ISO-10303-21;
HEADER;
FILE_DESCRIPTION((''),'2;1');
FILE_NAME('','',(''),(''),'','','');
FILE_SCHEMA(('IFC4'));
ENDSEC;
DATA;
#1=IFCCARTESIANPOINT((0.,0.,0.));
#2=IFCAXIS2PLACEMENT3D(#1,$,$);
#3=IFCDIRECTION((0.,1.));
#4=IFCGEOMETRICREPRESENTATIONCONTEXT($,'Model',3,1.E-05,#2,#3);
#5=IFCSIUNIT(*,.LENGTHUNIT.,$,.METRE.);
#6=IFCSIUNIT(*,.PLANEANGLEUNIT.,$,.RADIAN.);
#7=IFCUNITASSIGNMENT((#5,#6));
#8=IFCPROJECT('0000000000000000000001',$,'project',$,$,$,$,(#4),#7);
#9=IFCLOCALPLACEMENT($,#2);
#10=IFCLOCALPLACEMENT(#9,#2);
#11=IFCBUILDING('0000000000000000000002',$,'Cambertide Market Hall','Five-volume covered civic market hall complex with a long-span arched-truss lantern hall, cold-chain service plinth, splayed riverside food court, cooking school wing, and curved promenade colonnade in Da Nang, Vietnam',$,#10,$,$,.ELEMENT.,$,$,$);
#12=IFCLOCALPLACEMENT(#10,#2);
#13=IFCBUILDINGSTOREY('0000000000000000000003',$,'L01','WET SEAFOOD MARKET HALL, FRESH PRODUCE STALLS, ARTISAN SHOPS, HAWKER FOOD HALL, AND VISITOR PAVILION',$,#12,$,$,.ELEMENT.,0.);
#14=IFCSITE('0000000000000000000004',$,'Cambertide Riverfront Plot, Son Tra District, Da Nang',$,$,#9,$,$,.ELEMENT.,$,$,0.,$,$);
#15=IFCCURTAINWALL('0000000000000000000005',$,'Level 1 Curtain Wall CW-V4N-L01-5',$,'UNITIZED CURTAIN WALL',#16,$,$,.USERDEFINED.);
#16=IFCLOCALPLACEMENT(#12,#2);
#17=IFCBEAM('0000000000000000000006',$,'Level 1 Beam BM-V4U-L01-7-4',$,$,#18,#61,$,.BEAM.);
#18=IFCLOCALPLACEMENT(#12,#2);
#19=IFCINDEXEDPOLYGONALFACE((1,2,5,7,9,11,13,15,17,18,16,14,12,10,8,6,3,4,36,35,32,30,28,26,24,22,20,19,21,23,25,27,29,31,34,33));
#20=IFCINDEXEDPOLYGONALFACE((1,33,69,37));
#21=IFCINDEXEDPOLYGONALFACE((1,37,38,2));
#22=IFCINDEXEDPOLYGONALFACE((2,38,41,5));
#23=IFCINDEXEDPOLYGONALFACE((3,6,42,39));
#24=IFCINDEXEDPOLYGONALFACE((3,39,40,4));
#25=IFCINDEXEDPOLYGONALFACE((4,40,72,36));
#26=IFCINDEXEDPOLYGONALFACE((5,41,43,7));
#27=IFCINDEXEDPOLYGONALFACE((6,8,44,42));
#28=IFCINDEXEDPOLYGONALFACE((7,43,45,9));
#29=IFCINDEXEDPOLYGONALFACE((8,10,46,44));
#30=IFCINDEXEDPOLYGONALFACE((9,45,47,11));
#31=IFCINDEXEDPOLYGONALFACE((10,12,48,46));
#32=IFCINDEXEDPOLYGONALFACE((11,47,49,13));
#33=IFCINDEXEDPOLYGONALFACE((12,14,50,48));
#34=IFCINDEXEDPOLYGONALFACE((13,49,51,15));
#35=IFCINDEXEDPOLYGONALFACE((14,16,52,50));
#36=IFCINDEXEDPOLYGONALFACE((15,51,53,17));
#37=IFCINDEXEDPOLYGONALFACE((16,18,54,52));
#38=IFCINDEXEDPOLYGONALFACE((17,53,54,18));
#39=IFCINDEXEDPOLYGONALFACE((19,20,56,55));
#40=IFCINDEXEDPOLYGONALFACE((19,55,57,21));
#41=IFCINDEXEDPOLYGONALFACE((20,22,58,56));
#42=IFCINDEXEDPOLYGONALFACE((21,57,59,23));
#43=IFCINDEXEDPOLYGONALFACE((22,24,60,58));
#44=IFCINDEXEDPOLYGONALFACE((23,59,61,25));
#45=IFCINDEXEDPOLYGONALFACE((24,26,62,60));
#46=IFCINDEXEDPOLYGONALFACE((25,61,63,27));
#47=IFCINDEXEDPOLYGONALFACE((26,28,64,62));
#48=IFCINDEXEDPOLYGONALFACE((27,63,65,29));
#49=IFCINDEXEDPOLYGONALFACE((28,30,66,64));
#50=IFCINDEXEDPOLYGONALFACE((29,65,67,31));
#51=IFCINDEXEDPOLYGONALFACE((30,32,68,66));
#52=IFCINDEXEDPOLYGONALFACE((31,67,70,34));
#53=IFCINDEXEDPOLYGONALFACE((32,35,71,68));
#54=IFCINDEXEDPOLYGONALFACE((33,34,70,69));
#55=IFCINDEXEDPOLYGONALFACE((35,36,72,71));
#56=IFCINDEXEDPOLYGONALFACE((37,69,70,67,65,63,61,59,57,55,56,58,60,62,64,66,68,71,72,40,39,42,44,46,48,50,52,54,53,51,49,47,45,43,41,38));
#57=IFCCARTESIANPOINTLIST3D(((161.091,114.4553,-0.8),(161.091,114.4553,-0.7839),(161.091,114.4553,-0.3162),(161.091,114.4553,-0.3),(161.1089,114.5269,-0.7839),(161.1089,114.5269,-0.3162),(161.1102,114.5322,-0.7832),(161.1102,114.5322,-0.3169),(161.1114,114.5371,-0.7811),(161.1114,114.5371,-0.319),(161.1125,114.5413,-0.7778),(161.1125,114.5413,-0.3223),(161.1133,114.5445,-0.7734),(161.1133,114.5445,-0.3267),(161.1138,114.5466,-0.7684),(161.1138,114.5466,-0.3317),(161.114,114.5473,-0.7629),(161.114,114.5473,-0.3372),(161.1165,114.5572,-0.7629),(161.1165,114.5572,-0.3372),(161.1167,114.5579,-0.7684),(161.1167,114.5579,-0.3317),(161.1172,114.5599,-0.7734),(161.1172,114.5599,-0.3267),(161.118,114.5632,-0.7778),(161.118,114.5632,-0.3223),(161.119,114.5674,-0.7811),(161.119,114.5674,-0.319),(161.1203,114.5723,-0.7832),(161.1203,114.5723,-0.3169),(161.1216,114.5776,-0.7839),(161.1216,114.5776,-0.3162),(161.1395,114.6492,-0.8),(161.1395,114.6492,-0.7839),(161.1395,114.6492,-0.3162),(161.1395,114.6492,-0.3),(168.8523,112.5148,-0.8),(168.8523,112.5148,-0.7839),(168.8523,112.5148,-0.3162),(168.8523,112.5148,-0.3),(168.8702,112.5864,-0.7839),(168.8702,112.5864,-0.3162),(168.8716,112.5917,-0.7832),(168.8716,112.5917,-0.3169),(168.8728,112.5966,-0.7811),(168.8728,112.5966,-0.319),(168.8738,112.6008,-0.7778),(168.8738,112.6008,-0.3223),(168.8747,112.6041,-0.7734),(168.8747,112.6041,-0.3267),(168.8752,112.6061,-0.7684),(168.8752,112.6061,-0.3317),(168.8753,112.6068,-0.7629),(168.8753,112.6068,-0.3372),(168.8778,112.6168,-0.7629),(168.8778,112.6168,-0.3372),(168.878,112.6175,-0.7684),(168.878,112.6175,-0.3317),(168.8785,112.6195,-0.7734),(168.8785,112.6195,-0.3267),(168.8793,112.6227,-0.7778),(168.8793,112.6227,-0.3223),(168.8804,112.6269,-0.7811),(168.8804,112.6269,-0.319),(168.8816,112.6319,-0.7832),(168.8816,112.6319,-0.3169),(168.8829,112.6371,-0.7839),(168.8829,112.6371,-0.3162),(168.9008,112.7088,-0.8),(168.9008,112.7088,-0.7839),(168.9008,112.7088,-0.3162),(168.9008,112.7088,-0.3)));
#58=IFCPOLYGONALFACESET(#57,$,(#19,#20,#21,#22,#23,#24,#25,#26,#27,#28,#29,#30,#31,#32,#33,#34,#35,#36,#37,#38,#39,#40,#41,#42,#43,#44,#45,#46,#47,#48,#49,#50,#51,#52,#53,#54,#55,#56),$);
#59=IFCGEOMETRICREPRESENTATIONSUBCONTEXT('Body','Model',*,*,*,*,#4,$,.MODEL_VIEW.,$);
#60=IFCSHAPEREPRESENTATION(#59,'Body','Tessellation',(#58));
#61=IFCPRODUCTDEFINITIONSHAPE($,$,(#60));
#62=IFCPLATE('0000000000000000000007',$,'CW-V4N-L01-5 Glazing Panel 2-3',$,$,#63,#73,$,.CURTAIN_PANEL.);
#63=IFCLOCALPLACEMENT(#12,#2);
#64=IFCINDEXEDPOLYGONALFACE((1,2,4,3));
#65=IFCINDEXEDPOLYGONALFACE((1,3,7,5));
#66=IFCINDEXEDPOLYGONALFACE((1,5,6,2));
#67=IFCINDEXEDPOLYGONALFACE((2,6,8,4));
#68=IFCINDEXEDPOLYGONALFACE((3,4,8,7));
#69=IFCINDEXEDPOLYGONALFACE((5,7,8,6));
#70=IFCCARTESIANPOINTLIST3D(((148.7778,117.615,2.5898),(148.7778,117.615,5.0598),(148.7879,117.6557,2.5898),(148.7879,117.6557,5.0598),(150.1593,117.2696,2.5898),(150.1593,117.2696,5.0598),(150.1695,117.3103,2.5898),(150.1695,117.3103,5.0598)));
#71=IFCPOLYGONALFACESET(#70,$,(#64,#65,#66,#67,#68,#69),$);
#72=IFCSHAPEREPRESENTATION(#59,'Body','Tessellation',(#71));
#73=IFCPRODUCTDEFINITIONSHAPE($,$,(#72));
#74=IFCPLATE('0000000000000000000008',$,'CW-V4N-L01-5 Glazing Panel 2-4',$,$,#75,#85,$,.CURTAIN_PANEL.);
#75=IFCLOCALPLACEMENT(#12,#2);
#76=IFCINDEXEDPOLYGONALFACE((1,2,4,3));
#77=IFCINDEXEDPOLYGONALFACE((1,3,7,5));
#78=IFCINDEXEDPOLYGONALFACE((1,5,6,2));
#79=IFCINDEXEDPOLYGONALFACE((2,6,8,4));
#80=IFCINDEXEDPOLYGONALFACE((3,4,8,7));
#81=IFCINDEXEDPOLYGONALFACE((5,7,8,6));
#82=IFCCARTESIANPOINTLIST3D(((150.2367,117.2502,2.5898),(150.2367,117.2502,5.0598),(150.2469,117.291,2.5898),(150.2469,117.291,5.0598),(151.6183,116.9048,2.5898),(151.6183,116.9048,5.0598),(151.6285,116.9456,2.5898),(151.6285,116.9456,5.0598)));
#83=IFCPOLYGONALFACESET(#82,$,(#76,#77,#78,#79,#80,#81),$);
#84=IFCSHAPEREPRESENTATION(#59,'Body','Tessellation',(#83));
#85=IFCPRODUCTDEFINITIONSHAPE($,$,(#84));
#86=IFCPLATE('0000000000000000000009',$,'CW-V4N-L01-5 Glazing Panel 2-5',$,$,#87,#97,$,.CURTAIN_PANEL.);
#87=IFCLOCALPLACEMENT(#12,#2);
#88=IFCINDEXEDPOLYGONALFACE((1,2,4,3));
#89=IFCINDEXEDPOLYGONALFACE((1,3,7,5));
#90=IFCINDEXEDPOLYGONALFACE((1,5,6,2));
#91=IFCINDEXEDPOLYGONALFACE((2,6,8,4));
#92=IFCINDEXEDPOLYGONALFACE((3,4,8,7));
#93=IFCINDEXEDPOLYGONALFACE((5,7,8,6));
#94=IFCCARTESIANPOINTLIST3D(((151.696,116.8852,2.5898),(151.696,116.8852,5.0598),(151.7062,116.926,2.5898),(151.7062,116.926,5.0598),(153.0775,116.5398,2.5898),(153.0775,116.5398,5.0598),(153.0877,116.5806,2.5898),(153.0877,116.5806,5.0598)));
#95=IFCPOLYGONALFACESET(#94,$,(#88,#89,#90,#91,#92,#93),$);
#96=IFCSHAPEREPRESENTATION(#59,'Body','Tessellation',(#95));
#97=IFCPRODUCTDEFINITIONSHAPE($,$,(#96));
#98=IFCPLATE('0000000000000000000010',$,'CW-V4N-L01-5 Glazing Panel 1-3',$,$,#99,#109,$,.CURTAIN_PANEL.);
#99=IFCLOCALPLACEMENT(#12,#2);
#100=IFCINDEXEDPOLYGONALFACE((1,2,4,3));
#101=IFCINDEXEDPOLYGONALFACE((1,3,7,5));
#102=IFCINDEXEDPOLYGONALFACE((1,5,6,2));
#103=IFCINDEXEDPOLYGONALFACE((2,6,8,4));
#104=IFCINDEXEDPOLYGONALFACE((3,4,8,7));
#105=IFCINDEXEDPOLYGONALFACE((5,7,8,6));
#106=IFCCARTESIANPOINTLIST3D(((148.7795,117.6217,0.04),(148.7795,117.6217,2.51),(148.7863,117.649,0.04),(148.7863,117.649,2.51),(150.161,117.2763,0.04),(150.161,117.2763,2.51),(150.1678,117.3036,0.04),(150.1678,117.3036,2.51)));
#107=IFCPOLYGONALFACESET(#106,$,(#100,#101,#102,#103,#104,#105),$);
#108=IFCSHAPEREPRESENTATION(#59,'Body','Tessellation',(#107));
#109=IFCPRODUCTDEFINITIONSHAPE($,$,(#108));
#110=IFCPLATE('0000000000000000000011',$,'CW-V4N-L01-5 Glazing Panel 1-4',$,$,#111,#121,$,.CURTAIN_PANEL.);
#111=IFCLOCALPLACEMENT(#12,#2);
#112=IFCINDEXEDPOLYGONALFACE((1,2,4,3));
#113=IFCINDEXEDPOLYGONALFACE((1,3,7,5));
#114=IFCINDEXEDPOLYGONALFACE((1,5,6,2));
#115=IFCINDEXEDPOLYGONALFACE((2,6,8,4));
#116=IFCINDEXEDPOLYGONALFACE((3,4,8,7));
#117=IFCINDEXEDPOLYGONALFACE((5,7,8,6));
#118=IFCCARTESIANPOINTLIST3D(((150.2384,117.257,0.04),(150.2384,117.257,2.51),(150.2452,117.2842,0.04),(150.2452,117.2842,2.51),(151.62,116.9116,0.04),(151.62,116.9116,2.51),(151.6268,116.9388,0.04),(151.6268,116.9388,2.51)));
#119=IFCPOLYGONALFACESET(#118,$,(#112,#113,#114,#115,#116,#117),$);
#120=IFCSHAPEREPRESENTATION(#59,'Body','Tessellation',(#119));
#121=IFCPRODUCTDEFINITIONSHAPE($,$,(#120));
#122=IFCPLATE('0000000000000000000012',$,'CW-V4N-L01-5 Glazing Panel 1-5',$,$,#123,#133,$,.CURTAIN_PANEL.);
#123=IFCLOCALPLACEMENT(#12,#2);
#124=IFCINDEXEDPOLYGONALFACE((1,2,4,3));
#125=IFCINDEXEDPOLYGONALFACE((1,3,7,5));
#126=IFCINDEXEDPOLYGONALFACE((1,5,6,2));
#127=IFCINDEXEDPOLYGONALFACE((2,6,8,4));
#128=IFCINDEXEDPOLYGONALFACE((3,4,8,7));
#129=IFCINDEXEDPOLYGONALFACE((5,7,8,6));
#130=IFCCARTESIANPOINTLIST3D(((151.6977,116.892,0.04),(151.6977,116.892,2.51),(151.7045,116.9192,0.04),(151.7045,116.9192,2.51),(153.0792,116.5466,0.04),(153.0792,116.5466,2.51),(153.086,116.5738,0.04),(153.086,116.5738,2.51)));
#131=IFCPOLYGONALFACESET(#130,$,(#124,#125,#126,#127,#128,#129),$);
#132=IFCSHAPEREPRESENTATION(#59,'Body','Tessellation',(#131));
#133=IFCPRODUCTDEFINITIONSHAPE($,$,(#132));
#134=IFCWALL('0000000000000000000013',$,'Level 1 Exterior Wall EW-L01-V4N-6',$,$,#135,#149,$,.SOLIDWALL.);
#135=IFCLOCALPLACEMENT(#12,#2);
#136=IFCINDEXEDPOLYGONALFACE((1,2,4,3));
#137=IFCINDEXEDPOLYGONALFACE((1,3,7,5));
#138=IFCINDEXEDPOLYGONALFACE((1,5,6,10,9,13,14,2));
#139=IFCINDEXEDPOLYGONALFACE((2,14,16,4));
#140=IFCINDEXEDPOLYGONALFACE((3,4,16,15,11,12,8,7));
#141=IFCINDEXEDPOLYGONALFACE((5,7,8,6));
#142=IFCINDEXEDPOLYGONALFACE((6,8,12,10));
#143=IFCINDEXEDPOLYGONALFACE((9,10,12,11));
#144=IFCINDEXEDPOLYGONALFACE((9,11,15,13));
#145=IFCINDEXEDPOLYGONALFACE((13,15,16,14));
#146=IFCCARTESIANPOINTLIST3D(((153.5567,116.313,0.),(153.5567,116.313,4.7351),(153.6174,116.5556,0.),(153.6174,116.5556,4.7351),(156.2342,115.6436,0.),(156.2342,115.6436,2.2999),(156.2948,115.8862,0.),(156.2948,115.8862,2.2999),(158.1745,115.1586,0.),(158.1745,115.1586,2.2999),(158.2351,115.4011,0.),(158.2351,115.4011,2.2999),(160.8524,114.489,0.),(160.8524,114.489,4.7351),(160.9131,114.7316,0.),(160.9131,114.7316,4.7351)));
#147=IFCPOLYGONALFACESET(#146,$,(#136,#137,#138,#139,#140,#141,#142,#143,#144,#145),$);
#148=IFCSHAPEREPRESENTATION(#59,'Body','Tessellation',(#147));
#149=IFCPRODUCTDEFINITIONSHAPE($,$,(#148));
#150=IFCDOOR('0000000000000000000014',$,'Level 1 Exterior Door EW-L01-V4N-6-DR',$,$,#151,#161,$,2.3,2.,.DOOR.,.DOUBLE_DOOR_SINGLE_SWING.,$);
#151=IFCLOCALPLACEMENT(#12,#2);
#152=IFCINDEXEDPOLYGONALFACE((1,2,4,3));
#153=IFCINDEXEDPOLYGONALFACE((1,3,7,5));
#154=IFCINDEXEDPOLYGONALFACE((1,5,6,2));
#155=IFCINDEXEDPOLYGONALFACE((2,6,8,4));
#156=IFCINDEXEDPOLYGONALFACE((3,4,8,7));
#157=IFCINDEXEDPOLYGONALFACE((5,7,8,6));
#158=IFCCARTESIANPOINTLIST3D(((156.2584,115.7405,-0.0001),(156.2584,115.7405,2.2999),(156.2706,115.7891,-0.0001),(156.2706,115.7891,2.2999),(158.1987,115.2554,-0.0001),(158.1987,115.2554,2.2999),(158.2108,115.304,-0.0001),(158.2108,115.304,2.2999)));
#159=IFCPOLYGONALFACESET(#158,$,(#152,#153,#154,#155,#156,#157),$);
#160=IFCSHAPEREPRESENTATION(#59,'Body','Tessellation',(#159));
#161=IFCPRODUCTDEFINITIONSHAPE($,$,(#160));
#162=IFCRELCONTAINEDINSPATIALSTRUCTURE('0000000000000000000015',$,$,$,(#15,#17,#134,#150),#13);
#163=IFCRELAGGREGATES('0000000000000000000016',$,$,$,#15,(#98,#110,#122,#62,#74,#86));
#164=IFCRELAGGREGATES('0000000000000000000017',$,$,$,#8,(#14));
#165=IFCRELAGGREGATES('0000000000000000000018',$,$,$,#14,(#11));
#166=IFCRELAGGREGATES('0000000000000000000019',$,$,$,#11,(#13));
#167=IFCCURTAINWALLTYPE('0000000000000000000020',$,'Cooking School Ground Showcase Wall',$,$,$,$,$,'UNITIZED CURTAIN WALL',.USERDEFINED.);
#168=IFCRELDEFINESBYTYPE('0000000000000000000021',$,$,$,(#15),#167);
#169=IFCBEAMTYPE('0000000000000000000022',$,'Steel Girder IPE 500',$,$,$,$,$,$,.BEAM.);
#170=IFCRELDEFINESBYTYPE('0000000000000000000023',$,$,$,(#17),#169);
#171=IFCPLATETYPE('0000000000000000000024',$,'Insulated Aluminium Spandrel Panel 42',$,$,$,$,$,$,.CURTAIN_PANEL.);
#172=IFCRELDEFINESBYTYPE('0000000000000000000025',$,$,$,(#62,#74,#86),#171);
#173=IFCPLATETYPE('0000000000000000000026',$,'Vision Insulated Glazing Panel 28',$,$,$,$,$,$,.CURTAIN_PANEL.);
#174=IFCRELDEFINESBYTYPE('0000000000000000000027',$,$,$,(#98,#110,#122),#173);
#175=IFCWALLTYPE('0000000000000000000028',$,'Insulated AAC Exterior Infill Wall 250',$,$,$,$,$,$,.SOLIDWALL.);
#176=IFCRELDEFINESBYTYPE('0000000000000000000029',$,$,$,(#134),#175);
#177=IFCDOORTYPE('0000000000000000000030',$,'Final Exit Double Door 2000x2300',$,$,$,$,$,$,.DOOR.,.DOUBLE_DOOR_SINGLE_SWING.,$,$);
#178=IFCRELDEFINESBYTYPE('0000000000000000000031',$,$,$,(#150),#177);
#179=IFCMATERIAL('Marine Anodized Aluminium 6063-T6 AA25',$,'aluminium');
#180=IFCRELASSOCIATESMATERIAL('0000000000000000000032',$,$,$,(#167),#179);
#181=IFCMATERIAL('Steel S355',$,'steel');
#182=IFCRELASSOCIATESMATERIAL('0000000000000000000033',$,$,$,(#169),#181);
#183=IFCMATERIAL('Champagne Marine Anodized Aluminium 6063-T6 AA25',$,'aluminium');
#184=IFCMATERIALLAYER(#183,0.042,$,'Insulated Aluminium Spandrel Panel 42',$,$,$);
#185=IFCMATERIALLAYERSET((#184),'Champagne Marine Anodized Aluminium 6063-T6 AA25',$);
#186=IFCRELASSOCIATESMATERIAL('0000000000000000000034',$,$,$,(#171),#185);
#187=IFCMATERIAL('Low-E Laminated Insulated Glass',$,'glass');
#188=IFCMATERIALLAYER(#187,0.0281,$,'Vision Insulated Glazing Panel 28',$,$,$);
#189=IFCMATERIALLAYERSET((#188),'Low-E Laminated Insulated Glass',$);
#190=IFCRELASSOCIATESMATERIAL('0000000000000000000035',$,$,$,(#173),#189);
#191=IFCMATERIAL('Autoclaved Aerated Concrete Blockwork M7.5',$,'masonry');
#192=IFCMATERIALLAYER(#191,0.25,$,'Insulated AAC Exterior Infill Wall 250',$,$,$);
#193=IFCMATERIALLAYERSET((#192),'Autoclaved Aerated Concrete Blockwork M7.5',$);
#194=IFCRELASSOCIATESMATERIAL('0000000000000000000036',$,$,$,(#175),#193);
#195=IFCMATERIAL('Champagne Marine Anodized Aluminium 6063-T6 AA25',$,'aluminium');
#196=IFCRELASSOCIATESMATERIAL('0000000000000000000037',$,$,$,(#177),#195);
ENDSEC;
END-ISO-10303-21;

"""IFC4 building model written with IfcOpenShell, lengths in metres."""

from ifc_helpers import new_model, si_unit, direction, frame, frame_2d, origin, origin_2d, place, context, subcontext, project, spatial, rectangle, i_section, extrude, material, layer, layer_set, material_profile, profile_set, type_object, element, fill, aggregate, save


model = new_model("IFC4")

# Units and contexts
model_context = context("Model", 3, precision=1e-05, world=origin(), true_north=direction((0.0, 1.0)))
body_context = subcontext(model_context, "Body", "Model", "MODEL_VIEW")
ifc_project = project(units=[si_unit("LENGTHUNIT", "METRE"), si_unit("PLANEANGLEUNIT", "RADIAN")], contexts=[model_context])

# Site, building, storey
site_placement = place(None, origin())
site = spatial("IfcSite", under=ifc_project, at=site_placement, Name="Cambertide Riverfront Plot, Son Tra District, Da Nang", CompositionType="ELEMENT", RefElevation=0.0)
building_placement = place(site_placement, origin())
building = spatial("IfcBuilding", under=site, at=building_placement, Name="Cambertide Market Hall", Description="Five-volume covered civic market hall complex with a long-span arched-truss lantern hall, cold-chain service plinth, splayed riverside food court, cooking school wing, and curved promenade colonnade in Da Nang, Vietnam", CompositionType="ELEMENT")
storey_placement = place(building_placement, origin())
storey = spatial("IfcBuildingStorey", under=building, at=storey_placement, Name="L01", Description="WET SEAFOOD MARKET HALL, FRESH PRODUCE STALLS, ARTISAN SHOPS, HAWKER FOOD HALL, AND VISITOR PAVILION", CompositionType="ELEMENT", Elevation=0.0)

# Curtain wall
ifc_material_1 = material(Name="Marine Anodized Aluminium 6063-T6 AA25", Category="aluminium")
curtain_wall_type = type_object("IfcCurtainWallType", Name="Cooking School Ground Showcase Wall", ElementType="UNITIZED CURTAIN WALL", PredefinedType="USERDEFINED", material=ifc_material_1)
curtain_wall_placement = place(storey_placement, origin())
curtain_wall = element("IfcCurtainWall", 1, at=curtain_wall_placement, inside=storey, type_object=curtain_wall_type, Name="Level 1 Curtain Wall CW-V4N-L01-5", ObjectType="UNITIZED CURTAIN WALL", PredefinedType="USERDEFINED")

# Beam
ifc_material_2 = material(Name="Steel S355", Category="steel")
ifc_material_profile_1 = material_profile(ifc_material_2, i_section(OverallWidth=0.2, OverallDepth=0.5, WebThickness=0.0103, FlangeThickness=0.0161, FilletRadius=0.021, at=origin_2d()), Name="IPE 500")
ifc_profile_set_1 = profile_set([ifc_material_profile_1], Name="Steel S355")
beam_type = type_object("IfcBeamType", Name="Steel Girder IPE 500", PredefinedType="BEAM", material=ifc_profile_set_1)
beam_1_placement = place(storey_placement, frame((161.1152, 114.5522, -0.55), z_axis=(0.970139, -0.24255, 0.0), x_axis=(0.24255, 0.970139, 0.0)))
element("IfcBeam", 2, at=beam_1_placement, inside=storey, type_object=beam_type, Name="Level 1 Beam BM-V4U-L01-7-4", PredefinedType="BEAM", context=body_context, shape_type="SweptSolid", body=[
    extrude(i_section(OverallWidth=0.2, OverallDepth=0.5, WebThickness=0.0103, FlangeThickness=0.0161, FilletRadius=0.021, at=origin_2d()), origin(), (0.0, 0.0, 1.0), 8.0002),
])

# Plates
ifc_material_3 = material(Name="Champagne Marine Anodized Aluminium 6063-T6 AA25", Category="aluminium")
ifc_layer_1 = layer(ifc_material_3, 0.042, Name="Insulated Aluminium Spandrel Panel 42")
ifc_layer_set_1 = layer_set([ifc_layer_1], Name="Champagne Marine Anodized Aluminium 6063-T6 AA25")
plate_type_1 = type_object("IfcPlateType", Name="Insulated Aluminium Spandrel Panel 42", PredefinedType="CURTAIN_PANEL", material=ifc_layer_set_1)
plate_1_placement = place(storey_placement, frame((149.4736, 117.4626, 2.5898), z_axis=(0.0, 0.0, 1.0), x_axis=(0.970143, -0.242536, 0.0)))
plate_1 = element("IfcPlate", 3, at=plate_1_placement, type_object=plate_type_1, Name="CW-V4N-L01-5 Glazing Panel 2-3", PredefinedType="CURTAIN_PANEL", context=body_context, shape_type="SweptSolid", body=[
    extrude(rectangle(XDim=1.4241, YDim=0.042, at=origin_2d()), origin(), (0.0, 0.0, 1.0), 2.47),
])
plate_2_placement = place(storey_placement, frame((150.9326, 117.0979, 2.5898), z_axis=(0.0, 0.0, 1.0), x_axis=(0.970143, -0.242536, 0.0)))
plate_2 = element("IfcPlate", 4, at=plate_2_placement, type_object=plate_type_1, Name="CW-V4N-L01-5 Glazing Panel 2-4", PredefinedType="CURTAIN_PANEL", context=body_context, shape_type="SweptSolid", body=[
    extrude(rectangle(XDim=1.4241, YDim=0.042, at=origin_2d()), origin(), (0.0, 0.0, 1.0), 2.47),
])
plate_3_placement = place(storey_placement, frame((152.3918, 116.7329, 2.5898), z_axis=(0.0, 0.0, 1.0), x_axis=(0.970143, -0.242536, 0.0)))
plate_3 = element("IfcPlate", 5, at=plate_3_placement, type_object=plate_type_1, Name="CW-V4N-L01-5 Glazing Panel 2-5", PredefinedType="CURTAIN_PANEL", context=body_context, shape_type="SweptSolid", body=[
    extrude(rectangle(XDim=1.4241, YDim=0.042, at=origin_2d()), origin(), (0.0, 0.0, 1.0), 2.47),
])
ifc_material_4 = material(Name="Low-E Laminated Insulated Glass", Category="glass")
ifc_layer_2 = layer(ifc_material_4, 0.0281, Name="Vision Insulated Glazing Panel 28")
ifc_layer_set_2 = layer_set([ifc_layer_2], Name="Low-E Laminated Insulated Glass")
plate_type_2 = type_object("IfcPlateType", Name="Vision Insulated Glazing Panel 28", PredefinedType="CURTAIN_PANEL", material=ifc_layer_set_2)
plate_4_placement = place(storey_placement, frame((149.4736, 117.4626, 0.04), z_axis=(0.0, 0.0, 1.0), x_axis=(0.970143, -0.242536, 0.0)))
plate_4 = element("IfcPlate", 6, at=plate_4_placement, type_object=plate_type_2, Name="CW-V4N-L01-5 Glazing Panel 1-3", PredefinedType="CURTAIN_PANEL", context=body_context, shape_type="SweptSolid", body=[
    extrude(rectangle(XDim=1.4241, YDim=0.0281, at=origin_2d()), origin(), (0.0, 0.0, 1.0), 2.47),
])
plate_5_placement = place(storey_placement, frame((150.9326, 117.0979, 0.04), z_axis=(0.0, 0.0, 1.0), x_axis=(0.970143, -0.242536, 0.0)))
plate_5 = element("IfcPlate", 7, at=plate_5_placement, type_object=plate_type_2, Name="CW-V4N-L01-5 Glazing Panel 1-4", PredefinedType="CURTAIN_PANEL", context=body_context, shape_type="SweptSolid", body=[
    extrude(rectangle(XDim=1.4241, YDim=0.0281, at=origin_2d()), origin(), (0.0, 0.0, 1.0), 2.47),
])
plate_6_placement = place(storey_placement, frame((152.3918, 116.7329, 0.04), z_axis=(0.0, 0.0, 1.0), x_axis=(0.970143, -0.242536, 0.0)))
plate_6 = element("IfcPlate", 8, at=plate_6_placement, type_object=plate_type_2, Name="CW-V4N-L01-5 Glazing Panel 1-5", PredefinedType="CURTAIN_PANEL", context=body_context, shape_type="SweptSolid", body=[
    extrude(rectangle(XDim=1.4241, YDim=0.0281, at=origin_2d()), origin(), (0.0, 0.0, 1.0), 2.47),
])
aggregate(curtain_wall, [plate_4, plate_5, plate_6, plate_1, plate_2, plate_3])

# Wall, opening, door
ifc_material_5 = material(Name="Autoclaved Aerated Concrete Blockwork M7.5", Category="masonry")
ifc_layer_3 = layer(ifc_material_5, 0.25, Name="Insulated AAC Exterior Infill Wall 250")
ifc_layer_set_3 = layer_set([ifc_layer_3], Name="Autoclaved Aerated Concrete Blockwork M7.5")
wall_type_1 = type_object("IfcWallType", Name="Insulated AAC Exterior Infill Wall 250", PredefinedType="SOLIDWALL", material=ifc_layer_set_3)
wall_1_placement = place(storey_placement, frame((153.5869, 116.4343, 0.0), z_axis=(0.0, 0.0, 1.0), x_axis=(0.970141, -0.242543, 0.0)))
wall_1 = element("IfcWall", 9, at=wall_1_placement, inside=storey, type_object=wall_type_1, Name="Level 1 Exterior Wall EW-L01-V4N-6", PredefinedType="SOLIDWALL", context=body_context, shape_type="SweptSolid", body=[
    extrude(rectangle(XDim=7.5203, YDim=0.25, at=frame_2d((3.7603, 0.0))), origin(), (0.0, 0.0, 1.0), 4.7351),
])
opening_1_placement = place(wall_1_placement, frame((2.76, 0.0, 0.0)))
opening_1 = element("IfcOpeningElement", 10, at=opening_1_placement, cuts=wall_1, PredefinedType="OPENING", context=body_context, shape_type="SweptSolid", body=[
    extrude(rectangle(XDim=2.0, YDim=2.3, at=frame_2d((1.0, 1.1499))), frame((0.0, 0.135, 0.0), z_axis=(0.0, -1.0, 0.0), x_axis=(1.0, 0.0, 0.0)), (0.0, 0.0, 1.0), 0.27),
])
ifc_material_6 = material(Name="Champagne Marine Anodized Aluminium 6063-T6 AA25", Category="aluminium")
door_type = type_object("IfcDoorType", Name="Final Exit Double Door 2000x2300", OperationType="DOUBLE_DOOR_SINGLE_SWING", PredefinedType="DOOR", material=ifc_material_6)
door_1_placement = place(opening_1_placement, origin())
door_1 = element("IfcDoor", 11, at=door_1_placement, inside=storey, type_object=door_type, Name="Level 1 Exterior Door EW-L01-V4N-6-DR", OperationType="DOUBLE_DOOR_SINGLE_SWING", OverallHeight=2.3, OverallWidth=2.0, PredefinedType="DOOR", context=body_context, shape_type="SweptSolid", body=[
    extrude(rectangle(XDim=2.0, YDim=2.3, at=frame_2d((1.0, 1.1499))), frame((0.0, 0.0249, 0.0), z_axis=(0.0, -1.0, 0.0), x_axis=(1.0, 0.0, 0.0)), (0.0, 0.0, 1.0), 0.05),
])
fill(opening_1, door_1)

save(model, "model.ifc")
